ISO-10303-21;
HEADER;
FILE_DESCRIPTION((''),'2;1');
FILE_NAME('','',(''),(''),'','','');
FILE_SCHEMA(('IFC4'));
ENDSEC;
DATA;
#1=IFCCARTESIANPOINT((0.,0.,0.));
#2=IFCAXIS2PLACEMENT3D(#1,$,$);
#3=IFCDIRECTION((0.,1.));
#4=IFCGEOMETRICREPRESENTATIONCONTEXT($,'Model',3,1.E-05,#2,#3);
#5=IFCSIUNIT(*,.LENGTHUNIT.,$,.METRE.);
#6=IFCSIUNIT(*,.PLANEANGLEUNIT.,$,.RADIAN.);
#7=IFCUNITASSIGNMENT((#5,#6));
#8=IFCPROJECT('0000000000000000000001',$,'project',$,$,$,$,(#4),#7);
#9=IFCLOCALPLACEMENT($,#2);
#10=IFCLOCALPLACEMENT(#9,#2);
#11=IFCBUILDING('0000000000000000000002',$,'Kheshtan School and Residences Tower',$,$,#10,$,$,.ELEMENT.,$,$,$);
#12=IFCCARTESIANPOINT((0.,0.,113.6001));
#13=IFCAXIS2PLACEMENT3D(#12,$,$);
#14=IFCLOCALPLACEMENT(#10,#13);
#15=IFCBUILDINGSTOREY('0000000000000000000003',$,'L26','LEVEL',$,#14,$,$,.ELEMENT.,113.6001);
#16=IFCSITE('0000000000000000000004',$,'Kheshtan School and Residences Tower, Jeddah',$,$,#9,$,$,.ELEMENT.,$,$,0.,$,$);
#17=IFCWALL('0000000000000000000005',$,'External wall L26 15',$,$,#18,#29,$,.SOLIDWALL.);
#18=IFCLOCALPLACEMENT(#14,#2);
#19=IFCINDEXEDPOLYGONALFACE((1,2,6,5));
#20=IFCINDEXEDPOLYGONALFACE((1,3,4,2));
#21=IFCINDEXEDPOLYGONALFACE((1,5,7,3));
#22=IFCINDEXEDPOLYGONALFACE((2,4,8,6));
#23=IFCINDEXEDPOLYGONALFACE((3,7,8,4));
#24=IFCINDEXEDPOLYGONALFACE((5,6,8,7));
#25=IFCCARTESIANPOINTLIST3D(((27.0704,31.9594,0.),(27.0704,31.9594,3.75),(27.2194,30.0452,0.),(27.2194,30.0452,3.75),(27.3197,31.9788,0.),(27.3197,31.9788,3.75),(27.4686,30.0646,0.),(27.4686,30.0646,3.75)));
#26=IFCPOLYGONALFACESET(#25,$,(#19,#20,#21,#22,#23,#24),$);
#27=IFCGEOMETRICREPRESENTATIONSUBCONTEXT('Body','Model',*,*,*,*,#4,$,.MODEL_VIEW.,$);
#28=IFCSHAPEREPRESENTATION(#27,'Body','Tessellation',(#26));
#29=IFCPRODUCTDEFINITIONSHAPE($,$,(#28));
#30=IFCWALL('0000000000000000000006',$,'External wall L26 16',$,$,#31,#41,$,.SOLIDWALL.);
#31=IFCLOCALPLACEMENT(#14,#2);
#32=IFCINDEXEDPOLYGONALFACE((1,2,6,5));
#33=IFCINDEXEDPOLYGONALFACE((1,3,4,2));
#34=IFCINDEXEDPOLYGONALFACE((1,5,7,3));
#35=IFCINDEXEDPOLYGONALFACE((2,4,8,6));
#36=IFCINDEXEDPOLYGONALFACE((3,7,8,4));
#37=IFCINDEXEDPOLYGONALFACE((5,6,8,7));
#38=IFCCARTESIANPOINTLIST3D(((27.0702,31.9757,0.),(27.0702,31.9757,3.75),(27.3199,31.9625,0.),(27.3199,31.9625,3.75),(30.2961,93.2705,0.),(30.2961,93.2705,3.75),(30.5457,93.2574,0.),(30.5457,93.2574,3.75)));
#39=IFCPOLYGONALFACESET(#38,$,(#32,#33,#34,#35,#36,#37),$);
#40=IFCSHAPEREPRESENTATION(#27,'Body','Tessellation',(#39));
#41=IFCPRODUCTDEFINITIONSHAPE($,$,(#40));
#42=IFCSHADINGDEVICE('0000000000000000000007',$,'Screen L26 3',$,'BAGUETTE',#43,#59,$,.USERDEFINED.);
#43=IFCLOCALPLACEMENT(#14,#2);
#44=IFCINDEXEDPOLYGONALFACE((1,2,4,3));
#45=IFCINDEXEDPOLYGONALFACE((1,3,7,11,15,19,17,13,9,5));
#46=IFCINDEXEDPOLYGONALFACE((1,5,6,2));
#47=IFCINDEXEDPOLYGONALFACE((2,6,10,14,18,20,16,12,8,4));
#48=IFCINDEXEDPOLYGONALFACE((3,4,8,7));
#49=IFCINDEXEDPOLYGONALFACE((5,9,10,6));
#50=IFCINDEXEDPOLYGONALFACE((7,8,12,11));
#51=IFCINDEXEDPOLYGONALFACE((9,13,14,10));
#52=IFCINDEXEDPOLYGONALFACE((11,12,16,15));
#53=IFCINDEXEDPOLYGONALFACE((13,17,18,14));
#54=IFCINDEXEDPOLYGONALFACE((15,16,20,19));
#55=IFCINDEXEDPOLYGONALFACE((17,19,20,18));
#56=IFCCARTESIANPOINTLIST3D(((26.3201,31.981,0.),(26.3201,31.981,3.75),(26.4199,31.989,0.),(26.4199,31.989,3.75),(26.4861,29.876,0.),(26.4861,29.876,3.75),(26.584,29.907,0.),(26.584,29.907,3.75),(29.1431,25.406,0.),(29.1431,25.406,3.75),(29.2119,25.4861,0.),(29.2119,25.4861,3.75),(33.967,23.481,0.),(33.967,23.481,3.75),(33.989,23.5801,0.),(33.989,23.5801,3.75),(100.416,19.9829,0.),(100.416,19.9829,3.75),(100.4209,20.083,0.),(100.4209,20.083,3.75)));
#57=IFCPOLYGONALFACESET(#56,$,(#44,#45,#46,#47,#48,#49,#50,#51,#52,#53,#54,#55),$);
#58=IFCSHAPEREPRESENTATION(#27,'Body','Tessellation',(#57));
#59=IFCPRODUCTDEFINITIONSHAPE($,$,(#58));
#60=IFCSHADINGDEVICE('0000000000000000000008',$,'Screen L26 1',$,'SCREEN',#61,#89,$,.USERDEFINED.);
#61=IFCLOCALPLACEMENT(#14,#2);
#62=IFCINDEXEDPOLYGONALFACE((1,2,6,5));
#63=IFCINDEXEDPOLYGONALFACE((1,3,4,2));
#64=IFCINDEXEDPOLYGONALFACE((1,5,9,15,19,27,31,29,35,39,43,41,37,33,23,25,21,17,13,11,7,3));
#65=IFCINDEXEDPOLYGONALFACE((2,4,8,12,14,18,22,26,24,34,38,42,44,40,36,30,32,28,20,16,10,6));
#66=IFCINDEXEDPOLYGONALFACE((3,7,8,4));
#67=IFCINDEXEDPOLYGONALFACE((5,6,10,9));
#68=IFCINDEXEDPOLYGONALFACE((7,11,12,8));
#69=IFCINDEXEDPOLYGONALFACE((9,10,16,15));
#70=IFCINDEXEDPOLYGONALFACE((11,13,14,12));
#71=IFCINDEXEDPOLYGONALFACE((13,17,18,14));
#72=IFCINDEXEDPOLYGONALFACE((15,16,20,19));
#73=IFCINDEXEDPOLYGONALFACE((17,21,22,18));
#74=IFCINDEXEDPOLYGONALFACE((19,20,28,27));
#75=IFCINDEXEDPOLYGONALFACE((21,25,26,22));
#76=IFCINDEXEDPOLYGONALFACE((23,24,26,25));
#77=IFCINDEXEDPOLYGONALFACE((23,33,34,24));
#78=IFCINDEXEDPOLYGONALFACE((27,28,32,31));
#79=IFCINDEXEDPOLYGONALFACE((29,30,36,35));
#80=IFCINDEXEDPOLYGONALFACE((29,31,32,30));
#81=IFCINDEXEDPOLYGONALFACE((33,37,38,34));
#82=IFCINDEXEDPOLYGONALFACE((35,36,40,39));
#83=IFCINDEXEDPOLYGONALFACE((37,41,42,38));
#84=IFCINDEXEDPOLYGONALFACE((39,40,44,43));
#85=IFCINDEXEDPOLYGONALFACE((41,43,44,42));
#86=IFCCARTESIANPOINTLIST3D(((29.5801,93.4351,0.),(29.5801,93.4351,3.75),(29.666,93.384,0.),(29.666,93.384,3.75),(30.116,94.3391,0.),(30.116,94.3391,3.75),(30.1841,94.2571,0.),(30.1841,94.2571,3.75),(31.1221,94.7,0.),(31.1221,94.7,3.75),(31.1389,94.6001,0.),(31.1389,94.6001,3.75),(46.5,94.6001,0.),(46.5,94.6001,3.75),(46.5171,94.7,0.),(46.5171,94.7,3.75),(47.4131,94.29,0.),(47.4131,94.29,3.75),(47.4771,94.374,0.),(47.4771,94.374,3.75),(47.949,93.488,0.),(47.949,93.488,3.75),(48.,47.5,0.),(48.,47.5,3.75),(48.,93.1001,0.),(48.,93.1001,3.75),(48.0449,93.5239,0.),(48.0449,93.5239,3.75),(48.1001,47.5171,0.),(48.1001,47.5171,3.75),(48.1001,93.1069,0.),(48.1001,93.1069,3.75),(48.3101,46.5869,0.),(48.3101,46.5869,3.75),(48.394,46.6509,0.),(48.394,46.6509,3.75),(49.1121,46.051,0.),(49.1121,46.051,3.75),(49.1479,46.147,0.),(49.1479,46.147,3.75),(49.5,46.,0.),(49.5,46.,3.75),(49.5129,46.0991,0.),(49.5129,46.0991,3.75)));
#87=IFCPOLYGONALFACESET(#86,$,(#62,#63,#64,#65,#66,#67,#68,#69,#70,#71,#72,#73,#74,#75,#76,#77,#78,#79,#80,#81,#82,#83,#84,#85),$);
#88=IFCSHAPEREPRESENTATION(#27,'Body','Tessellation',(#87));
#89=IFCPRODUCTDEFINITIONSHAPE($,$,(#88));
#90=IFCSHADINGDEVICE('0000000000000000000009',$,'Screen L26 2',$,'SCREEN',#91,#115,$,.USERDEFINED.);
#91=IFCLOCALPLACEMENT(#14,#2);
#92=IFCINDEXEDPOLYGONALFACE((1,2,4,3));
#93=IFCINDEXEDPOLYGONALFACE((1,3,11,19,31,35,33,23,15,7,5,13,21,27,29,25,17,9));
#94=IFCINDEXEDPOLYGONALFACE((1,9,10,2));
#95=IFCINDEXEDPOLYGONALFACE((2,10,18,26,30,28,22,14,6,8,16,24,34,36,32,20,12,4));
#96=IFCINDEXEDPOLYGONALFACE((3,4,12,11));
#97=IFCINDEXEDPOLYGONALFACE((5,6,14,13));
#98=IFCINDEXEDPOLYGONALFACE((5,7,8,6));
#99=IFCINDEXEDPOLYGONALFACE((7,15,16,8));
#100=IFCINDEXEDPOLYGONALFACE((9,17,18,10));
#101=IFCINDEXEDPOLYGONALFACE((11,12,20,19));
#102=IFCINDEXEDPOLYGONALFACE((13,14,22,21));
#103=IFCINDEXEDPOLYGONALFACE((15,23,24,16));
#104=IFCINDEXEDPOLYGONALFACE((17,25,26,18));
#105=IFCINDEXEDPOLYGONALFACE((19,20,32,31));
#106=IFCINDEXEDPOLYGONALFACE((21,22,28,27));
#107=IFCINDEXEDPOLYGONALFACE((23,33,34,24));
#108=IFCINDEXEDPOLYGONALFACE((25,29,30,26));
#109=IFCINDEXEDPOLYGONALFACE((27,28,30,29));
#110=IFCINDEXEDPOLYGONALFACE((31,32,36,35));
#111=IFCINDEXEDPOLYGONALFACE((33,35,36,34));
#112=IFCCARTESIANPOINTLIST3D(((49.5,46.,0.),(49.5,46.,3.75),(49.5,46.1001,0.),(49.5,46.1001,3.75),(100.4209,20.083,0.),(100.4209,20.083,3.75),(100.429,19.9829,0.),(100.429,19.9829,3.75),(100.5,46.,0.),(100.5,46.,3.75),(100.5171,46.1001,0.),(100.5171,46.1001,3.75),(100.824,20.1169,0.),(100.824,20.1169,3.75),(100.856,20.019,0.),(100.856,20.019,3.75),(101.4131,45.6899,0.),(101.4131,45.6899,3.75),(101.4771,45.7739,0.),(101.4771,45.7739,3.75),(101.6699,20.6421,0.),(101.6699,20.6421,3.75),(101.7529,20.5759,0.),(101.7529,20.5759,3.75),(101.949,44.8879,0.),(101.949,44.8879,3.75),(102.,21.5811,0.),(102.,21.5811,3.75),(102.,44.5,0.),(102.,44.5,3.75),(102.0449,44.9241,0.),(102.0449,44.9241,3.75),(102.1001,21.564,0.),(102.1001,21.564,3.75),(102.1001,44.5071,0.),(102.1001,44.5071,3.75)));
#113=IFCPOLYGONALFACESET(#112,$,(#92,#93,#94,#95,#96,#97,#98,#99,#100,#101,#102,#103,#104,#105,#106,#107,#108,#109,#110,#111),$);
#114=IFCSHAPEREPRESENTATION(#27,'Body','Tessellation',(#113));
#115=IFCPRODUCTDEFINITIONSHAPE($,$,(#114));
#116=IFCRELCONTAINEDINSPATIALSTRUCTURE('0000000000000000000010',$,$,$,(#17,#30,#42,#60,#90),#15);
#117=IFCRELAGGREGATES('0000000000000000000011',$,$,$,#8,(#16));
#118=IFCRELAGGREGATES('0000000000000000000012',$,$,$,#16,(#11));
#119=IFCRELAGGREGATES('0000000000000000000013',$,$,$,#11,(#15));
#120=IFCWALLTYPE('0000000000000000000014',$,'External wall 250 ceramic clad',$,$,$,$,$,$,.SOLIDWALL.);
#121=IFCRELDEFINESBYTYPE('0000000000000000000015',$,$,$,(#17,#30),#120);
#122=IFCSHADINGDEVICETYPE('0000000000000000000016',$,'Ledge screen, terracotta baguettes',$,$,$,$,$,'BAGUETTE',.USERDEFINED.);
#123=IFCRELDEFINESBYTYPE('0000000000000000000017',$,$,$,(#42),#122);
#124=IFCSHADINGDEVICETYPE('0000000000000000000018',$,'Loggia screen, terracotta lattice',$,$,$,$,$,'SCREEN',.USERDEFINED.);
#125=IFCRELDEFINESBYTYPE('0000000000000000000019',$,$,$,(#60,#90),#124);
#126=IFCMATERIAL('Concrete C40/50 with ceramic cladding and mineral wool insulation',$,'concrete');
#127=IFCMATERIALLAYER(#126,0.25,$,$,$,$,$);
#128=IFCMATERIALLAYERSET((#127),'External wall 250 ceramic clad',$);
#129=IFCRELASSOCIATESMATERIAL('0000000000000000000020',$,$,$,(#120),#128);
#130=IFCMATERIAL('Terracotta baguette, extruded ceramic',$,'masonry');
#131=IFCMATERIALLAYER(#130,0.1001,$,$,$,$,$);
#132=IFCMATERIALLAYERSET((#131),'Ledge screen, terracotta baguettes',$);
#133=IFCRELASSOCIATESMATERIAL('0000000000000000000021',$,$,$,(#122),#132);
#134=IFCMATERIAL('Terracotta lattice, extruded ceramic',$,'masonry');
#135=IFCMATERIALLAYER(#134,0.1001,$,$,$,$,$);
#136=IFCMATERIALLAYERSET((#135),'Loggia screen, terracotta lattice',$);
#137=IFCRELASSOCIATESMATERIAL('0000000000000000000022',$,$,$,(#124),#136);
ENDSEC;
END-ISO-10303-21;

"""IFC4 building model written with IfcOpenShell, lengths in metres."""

from ifc_helpers import new_model, si_unit, direction, frame, frame_2d, origin, place, context, subcontext, project, spatial, polyline, rectangle, outline, extrude, material, layer, layer_set, type_object, element, save


model = new_model("IFC4")

# Units and contexts
model_context = context("Model", 3, precision=1e-05, world=origin(), true_north=direction((0.0, 1.0)))
body_context = subcontext(model_context, "Body", "Model", "MODEL_VIEW")
ifc_project = project(units=[si_unit("LENGTHUNIT", "METRE"), si_unit("PLANEANGLEUNIT", "RADIAN")], contexts=[model_context])

# Site, building, storey
site_placement = place(None, origin())
site = spatial("IfcSite", under=ifc_project, at=site_placement, Name="Kheshtan School and Residences Tower, Jeddah", CompositionType="ELEMENT", RefElevation=0.0)
building_placement = place(site_placement, origin())
building = spatial("IfcBuilding", under=site, at=building_placement, Name="Kheshtan School and Residences Tower", CompositionType="ELEMENT")
storey_placement = place(building_placement, frame((0.0, 0.0, 113.6001)))
storey = spatial("IfcBuildingStorey", under=building, at=storey_placement, Name="L26", Description="LEVEL", CompositionType="ELEMENT", Elevation=113.6001)

# Walls
ifc_material_1 = material(Name="Concrete C40/50 with ceramic cladding and mineral wool insulation", Category="concrete")
ifc_layer_1 = layer(ifc_material_1, 0.25)
ifc_layer_set_1 = layer_set([ifc_layer_1], Name="External wall 250 ceramic clad")
wall_type_1 = type_object("IfcWallType", Name="External wall 250 ceramic clad", PredefinedType="SOLIDWALL", material=ifc_layer_set_1)
wall_1_placement = place(storey_placement, frame((27.344, 30.0549, 0.0), z_axis=(0.0, 0.0, 1.0), x_axis=(-0.077572, 0.996987, 0.0)))
element("IfcWall", 1, at=wall_1_placement, inside=storey, type_object=wall_type_1, Name="External wall L26 15", PredefinedType="SOLIDWALL", context=body_context, shape_type="SweptSolid", body=[
    extrude(rectangle(XDim=1.9199, YDim=0.25, at=frame_2d((0.96, 0.0))), origin(), (0.0, 0.0, 1.0), 3.75),
])
wall_2_placement = place(storey_placement, frame((27.1951, 31.969, 0.0), z_axis=(0.0, 0.0, 1.0), x_axis=(0.052555, 0.998618, 0.0)))
element("IfcWall", 2, at=wall_2_placement, inside=storey, type_object=wall_type_1, Name="External wall L26 16", PredefinedType="SOLIDWALL", context=body_context, shape_type="SweptSolid", body=[
    extrude(rectangle(XDim=61.3796, YDim=0.25, at=frame_2d((30.6899, 0.0))), origin(), (0.0, 0.0, 1.0), 3.75),
])

# Shading devices
ifc_material_2 = material(Name="Terracotta baguette, extruded ceramic", Category="masonry")
ifc_layer_2 = layer(ifc_material_2, 0.1001)
ifc_layer_set_2 = layer_set([ifc_layer_2], Name="Ledge screen, terracotta baguettes")
shading_device_type_1 = type_object("IfcShadingDeviceType", Name="Ledge screen, terracotta baguettes", ElementType="BAGUETTE", PredefinedType="USERDEFINED", material=ifc_layer_set_2)
shading_device_1_placement = place(storey_placement, origin())
element("IfcShadingDevice", 3, at=shading_device_1_placement, inside=storey, type_object=shading_device_type_1, Name="Screen L26 3", ObjectType="BAGUETTE", PredefinedType="USERDEFINED", context=body_context, shape_type="SweptSolid", body=[
    extrude(outline(polyline([(100.4209, 20.083), (33.989, 23.5801), (29.2119, 25.4861), (26.584, 29.907), (26.4199, 31.989), (26.3201, 31.981), (26.4861, 29.876), (29.1431, 25.406), (33.967, 23.481), (100.416, 19.9829), (100.4209, 20.083)])), origin(), (0.0, 0.0, 1.0), 3.75),
])
ifc_material_3 = material(Name="Terracotta lattice, extruded ceramic", Category="masonry")
ifc_layer_3 = layer(ifc_material_3, 0.1001)
ifc_layer_set_3 = layer_set([ifc_layer_3], Name="Loggia screen, terracotta lattice")
shading_device_type_2 = type_object("IfcShadingDeviceType", Name="Loggia screen, terracotta lattice", ElementType="SCREEN", PredefinedType="USERDEFINED", material=ifc_layer_set_3)
shading_device_2_placement = place(storey_placement, origin())
element("IfcShadingDevice", 4, at=shading_device_2_placement, inside=storey, type_object=shading_device_type_2, Name="Screen L26 1", ObjectType="SCREEN", PredefinedType="USERDEFINED", context=body_context, shape_type="SweptSolid", body=[
    extrude(outline(polyline([(29.666, 93.384), (30.1841, 94.2571), (31.1389, 94.6001), (46.5, 94.6001), (47.4131, 94.29), (47.949, 93.488), (48.0, 93.1001), (48.0, 47.5), (48.3101, 46.5869), (49.1121, 46.051), (49.5, 46.0), (49.5129, 46.0991), (49.1479, 46.147), (48.394, 46.6509), (48.1001, 47.5171), (48.1001, 93.1069), (48.0449, 93.5239), (47.4771, 94.374), (46.5171, 94.7), (31.1221, 94.7), (30.116, 94.3391), (29.5801, 93.4351), (29.666, 93.384)])), origin(), (0.0, 0.0, 1.0), 3.75),
])
shading_device_3_placement = place(storey_placement, origin())
element("IfcShadingDevice", 5, at=shading_device_3_placement, inside=storey, type_object=shading_device_type_2, Name="Screen L26 2", ObjectType="SCREEN", PredefinedType="USERDEFINED", context=body_context, shape_type="SweptSolid", body=[
    extrude(outline(polyline([(49.5, 46.0), (100.5, 46.0), (101.4131, 45.6899), (101.949, 44.8879), (102.0, 44.5), (102.0, 21.5811), (101.6699, 20.6421), (100.824, 20.1169), (100.4209, 20.083), (100.429, 19.9829), (100.856, 20.019), (101.7529, 20.5759), (102.1001, 21.564), (102.1001, 44.5071), (102.0449, 44.9241), (101.4771, 45.7739), (100.5171, 46.1001), (49.5, 46.1001), (49.5, 46.0)])), origin(), (0.0, 0.0, 1.0), 3.75),
])

save(model, "model.ifc")
